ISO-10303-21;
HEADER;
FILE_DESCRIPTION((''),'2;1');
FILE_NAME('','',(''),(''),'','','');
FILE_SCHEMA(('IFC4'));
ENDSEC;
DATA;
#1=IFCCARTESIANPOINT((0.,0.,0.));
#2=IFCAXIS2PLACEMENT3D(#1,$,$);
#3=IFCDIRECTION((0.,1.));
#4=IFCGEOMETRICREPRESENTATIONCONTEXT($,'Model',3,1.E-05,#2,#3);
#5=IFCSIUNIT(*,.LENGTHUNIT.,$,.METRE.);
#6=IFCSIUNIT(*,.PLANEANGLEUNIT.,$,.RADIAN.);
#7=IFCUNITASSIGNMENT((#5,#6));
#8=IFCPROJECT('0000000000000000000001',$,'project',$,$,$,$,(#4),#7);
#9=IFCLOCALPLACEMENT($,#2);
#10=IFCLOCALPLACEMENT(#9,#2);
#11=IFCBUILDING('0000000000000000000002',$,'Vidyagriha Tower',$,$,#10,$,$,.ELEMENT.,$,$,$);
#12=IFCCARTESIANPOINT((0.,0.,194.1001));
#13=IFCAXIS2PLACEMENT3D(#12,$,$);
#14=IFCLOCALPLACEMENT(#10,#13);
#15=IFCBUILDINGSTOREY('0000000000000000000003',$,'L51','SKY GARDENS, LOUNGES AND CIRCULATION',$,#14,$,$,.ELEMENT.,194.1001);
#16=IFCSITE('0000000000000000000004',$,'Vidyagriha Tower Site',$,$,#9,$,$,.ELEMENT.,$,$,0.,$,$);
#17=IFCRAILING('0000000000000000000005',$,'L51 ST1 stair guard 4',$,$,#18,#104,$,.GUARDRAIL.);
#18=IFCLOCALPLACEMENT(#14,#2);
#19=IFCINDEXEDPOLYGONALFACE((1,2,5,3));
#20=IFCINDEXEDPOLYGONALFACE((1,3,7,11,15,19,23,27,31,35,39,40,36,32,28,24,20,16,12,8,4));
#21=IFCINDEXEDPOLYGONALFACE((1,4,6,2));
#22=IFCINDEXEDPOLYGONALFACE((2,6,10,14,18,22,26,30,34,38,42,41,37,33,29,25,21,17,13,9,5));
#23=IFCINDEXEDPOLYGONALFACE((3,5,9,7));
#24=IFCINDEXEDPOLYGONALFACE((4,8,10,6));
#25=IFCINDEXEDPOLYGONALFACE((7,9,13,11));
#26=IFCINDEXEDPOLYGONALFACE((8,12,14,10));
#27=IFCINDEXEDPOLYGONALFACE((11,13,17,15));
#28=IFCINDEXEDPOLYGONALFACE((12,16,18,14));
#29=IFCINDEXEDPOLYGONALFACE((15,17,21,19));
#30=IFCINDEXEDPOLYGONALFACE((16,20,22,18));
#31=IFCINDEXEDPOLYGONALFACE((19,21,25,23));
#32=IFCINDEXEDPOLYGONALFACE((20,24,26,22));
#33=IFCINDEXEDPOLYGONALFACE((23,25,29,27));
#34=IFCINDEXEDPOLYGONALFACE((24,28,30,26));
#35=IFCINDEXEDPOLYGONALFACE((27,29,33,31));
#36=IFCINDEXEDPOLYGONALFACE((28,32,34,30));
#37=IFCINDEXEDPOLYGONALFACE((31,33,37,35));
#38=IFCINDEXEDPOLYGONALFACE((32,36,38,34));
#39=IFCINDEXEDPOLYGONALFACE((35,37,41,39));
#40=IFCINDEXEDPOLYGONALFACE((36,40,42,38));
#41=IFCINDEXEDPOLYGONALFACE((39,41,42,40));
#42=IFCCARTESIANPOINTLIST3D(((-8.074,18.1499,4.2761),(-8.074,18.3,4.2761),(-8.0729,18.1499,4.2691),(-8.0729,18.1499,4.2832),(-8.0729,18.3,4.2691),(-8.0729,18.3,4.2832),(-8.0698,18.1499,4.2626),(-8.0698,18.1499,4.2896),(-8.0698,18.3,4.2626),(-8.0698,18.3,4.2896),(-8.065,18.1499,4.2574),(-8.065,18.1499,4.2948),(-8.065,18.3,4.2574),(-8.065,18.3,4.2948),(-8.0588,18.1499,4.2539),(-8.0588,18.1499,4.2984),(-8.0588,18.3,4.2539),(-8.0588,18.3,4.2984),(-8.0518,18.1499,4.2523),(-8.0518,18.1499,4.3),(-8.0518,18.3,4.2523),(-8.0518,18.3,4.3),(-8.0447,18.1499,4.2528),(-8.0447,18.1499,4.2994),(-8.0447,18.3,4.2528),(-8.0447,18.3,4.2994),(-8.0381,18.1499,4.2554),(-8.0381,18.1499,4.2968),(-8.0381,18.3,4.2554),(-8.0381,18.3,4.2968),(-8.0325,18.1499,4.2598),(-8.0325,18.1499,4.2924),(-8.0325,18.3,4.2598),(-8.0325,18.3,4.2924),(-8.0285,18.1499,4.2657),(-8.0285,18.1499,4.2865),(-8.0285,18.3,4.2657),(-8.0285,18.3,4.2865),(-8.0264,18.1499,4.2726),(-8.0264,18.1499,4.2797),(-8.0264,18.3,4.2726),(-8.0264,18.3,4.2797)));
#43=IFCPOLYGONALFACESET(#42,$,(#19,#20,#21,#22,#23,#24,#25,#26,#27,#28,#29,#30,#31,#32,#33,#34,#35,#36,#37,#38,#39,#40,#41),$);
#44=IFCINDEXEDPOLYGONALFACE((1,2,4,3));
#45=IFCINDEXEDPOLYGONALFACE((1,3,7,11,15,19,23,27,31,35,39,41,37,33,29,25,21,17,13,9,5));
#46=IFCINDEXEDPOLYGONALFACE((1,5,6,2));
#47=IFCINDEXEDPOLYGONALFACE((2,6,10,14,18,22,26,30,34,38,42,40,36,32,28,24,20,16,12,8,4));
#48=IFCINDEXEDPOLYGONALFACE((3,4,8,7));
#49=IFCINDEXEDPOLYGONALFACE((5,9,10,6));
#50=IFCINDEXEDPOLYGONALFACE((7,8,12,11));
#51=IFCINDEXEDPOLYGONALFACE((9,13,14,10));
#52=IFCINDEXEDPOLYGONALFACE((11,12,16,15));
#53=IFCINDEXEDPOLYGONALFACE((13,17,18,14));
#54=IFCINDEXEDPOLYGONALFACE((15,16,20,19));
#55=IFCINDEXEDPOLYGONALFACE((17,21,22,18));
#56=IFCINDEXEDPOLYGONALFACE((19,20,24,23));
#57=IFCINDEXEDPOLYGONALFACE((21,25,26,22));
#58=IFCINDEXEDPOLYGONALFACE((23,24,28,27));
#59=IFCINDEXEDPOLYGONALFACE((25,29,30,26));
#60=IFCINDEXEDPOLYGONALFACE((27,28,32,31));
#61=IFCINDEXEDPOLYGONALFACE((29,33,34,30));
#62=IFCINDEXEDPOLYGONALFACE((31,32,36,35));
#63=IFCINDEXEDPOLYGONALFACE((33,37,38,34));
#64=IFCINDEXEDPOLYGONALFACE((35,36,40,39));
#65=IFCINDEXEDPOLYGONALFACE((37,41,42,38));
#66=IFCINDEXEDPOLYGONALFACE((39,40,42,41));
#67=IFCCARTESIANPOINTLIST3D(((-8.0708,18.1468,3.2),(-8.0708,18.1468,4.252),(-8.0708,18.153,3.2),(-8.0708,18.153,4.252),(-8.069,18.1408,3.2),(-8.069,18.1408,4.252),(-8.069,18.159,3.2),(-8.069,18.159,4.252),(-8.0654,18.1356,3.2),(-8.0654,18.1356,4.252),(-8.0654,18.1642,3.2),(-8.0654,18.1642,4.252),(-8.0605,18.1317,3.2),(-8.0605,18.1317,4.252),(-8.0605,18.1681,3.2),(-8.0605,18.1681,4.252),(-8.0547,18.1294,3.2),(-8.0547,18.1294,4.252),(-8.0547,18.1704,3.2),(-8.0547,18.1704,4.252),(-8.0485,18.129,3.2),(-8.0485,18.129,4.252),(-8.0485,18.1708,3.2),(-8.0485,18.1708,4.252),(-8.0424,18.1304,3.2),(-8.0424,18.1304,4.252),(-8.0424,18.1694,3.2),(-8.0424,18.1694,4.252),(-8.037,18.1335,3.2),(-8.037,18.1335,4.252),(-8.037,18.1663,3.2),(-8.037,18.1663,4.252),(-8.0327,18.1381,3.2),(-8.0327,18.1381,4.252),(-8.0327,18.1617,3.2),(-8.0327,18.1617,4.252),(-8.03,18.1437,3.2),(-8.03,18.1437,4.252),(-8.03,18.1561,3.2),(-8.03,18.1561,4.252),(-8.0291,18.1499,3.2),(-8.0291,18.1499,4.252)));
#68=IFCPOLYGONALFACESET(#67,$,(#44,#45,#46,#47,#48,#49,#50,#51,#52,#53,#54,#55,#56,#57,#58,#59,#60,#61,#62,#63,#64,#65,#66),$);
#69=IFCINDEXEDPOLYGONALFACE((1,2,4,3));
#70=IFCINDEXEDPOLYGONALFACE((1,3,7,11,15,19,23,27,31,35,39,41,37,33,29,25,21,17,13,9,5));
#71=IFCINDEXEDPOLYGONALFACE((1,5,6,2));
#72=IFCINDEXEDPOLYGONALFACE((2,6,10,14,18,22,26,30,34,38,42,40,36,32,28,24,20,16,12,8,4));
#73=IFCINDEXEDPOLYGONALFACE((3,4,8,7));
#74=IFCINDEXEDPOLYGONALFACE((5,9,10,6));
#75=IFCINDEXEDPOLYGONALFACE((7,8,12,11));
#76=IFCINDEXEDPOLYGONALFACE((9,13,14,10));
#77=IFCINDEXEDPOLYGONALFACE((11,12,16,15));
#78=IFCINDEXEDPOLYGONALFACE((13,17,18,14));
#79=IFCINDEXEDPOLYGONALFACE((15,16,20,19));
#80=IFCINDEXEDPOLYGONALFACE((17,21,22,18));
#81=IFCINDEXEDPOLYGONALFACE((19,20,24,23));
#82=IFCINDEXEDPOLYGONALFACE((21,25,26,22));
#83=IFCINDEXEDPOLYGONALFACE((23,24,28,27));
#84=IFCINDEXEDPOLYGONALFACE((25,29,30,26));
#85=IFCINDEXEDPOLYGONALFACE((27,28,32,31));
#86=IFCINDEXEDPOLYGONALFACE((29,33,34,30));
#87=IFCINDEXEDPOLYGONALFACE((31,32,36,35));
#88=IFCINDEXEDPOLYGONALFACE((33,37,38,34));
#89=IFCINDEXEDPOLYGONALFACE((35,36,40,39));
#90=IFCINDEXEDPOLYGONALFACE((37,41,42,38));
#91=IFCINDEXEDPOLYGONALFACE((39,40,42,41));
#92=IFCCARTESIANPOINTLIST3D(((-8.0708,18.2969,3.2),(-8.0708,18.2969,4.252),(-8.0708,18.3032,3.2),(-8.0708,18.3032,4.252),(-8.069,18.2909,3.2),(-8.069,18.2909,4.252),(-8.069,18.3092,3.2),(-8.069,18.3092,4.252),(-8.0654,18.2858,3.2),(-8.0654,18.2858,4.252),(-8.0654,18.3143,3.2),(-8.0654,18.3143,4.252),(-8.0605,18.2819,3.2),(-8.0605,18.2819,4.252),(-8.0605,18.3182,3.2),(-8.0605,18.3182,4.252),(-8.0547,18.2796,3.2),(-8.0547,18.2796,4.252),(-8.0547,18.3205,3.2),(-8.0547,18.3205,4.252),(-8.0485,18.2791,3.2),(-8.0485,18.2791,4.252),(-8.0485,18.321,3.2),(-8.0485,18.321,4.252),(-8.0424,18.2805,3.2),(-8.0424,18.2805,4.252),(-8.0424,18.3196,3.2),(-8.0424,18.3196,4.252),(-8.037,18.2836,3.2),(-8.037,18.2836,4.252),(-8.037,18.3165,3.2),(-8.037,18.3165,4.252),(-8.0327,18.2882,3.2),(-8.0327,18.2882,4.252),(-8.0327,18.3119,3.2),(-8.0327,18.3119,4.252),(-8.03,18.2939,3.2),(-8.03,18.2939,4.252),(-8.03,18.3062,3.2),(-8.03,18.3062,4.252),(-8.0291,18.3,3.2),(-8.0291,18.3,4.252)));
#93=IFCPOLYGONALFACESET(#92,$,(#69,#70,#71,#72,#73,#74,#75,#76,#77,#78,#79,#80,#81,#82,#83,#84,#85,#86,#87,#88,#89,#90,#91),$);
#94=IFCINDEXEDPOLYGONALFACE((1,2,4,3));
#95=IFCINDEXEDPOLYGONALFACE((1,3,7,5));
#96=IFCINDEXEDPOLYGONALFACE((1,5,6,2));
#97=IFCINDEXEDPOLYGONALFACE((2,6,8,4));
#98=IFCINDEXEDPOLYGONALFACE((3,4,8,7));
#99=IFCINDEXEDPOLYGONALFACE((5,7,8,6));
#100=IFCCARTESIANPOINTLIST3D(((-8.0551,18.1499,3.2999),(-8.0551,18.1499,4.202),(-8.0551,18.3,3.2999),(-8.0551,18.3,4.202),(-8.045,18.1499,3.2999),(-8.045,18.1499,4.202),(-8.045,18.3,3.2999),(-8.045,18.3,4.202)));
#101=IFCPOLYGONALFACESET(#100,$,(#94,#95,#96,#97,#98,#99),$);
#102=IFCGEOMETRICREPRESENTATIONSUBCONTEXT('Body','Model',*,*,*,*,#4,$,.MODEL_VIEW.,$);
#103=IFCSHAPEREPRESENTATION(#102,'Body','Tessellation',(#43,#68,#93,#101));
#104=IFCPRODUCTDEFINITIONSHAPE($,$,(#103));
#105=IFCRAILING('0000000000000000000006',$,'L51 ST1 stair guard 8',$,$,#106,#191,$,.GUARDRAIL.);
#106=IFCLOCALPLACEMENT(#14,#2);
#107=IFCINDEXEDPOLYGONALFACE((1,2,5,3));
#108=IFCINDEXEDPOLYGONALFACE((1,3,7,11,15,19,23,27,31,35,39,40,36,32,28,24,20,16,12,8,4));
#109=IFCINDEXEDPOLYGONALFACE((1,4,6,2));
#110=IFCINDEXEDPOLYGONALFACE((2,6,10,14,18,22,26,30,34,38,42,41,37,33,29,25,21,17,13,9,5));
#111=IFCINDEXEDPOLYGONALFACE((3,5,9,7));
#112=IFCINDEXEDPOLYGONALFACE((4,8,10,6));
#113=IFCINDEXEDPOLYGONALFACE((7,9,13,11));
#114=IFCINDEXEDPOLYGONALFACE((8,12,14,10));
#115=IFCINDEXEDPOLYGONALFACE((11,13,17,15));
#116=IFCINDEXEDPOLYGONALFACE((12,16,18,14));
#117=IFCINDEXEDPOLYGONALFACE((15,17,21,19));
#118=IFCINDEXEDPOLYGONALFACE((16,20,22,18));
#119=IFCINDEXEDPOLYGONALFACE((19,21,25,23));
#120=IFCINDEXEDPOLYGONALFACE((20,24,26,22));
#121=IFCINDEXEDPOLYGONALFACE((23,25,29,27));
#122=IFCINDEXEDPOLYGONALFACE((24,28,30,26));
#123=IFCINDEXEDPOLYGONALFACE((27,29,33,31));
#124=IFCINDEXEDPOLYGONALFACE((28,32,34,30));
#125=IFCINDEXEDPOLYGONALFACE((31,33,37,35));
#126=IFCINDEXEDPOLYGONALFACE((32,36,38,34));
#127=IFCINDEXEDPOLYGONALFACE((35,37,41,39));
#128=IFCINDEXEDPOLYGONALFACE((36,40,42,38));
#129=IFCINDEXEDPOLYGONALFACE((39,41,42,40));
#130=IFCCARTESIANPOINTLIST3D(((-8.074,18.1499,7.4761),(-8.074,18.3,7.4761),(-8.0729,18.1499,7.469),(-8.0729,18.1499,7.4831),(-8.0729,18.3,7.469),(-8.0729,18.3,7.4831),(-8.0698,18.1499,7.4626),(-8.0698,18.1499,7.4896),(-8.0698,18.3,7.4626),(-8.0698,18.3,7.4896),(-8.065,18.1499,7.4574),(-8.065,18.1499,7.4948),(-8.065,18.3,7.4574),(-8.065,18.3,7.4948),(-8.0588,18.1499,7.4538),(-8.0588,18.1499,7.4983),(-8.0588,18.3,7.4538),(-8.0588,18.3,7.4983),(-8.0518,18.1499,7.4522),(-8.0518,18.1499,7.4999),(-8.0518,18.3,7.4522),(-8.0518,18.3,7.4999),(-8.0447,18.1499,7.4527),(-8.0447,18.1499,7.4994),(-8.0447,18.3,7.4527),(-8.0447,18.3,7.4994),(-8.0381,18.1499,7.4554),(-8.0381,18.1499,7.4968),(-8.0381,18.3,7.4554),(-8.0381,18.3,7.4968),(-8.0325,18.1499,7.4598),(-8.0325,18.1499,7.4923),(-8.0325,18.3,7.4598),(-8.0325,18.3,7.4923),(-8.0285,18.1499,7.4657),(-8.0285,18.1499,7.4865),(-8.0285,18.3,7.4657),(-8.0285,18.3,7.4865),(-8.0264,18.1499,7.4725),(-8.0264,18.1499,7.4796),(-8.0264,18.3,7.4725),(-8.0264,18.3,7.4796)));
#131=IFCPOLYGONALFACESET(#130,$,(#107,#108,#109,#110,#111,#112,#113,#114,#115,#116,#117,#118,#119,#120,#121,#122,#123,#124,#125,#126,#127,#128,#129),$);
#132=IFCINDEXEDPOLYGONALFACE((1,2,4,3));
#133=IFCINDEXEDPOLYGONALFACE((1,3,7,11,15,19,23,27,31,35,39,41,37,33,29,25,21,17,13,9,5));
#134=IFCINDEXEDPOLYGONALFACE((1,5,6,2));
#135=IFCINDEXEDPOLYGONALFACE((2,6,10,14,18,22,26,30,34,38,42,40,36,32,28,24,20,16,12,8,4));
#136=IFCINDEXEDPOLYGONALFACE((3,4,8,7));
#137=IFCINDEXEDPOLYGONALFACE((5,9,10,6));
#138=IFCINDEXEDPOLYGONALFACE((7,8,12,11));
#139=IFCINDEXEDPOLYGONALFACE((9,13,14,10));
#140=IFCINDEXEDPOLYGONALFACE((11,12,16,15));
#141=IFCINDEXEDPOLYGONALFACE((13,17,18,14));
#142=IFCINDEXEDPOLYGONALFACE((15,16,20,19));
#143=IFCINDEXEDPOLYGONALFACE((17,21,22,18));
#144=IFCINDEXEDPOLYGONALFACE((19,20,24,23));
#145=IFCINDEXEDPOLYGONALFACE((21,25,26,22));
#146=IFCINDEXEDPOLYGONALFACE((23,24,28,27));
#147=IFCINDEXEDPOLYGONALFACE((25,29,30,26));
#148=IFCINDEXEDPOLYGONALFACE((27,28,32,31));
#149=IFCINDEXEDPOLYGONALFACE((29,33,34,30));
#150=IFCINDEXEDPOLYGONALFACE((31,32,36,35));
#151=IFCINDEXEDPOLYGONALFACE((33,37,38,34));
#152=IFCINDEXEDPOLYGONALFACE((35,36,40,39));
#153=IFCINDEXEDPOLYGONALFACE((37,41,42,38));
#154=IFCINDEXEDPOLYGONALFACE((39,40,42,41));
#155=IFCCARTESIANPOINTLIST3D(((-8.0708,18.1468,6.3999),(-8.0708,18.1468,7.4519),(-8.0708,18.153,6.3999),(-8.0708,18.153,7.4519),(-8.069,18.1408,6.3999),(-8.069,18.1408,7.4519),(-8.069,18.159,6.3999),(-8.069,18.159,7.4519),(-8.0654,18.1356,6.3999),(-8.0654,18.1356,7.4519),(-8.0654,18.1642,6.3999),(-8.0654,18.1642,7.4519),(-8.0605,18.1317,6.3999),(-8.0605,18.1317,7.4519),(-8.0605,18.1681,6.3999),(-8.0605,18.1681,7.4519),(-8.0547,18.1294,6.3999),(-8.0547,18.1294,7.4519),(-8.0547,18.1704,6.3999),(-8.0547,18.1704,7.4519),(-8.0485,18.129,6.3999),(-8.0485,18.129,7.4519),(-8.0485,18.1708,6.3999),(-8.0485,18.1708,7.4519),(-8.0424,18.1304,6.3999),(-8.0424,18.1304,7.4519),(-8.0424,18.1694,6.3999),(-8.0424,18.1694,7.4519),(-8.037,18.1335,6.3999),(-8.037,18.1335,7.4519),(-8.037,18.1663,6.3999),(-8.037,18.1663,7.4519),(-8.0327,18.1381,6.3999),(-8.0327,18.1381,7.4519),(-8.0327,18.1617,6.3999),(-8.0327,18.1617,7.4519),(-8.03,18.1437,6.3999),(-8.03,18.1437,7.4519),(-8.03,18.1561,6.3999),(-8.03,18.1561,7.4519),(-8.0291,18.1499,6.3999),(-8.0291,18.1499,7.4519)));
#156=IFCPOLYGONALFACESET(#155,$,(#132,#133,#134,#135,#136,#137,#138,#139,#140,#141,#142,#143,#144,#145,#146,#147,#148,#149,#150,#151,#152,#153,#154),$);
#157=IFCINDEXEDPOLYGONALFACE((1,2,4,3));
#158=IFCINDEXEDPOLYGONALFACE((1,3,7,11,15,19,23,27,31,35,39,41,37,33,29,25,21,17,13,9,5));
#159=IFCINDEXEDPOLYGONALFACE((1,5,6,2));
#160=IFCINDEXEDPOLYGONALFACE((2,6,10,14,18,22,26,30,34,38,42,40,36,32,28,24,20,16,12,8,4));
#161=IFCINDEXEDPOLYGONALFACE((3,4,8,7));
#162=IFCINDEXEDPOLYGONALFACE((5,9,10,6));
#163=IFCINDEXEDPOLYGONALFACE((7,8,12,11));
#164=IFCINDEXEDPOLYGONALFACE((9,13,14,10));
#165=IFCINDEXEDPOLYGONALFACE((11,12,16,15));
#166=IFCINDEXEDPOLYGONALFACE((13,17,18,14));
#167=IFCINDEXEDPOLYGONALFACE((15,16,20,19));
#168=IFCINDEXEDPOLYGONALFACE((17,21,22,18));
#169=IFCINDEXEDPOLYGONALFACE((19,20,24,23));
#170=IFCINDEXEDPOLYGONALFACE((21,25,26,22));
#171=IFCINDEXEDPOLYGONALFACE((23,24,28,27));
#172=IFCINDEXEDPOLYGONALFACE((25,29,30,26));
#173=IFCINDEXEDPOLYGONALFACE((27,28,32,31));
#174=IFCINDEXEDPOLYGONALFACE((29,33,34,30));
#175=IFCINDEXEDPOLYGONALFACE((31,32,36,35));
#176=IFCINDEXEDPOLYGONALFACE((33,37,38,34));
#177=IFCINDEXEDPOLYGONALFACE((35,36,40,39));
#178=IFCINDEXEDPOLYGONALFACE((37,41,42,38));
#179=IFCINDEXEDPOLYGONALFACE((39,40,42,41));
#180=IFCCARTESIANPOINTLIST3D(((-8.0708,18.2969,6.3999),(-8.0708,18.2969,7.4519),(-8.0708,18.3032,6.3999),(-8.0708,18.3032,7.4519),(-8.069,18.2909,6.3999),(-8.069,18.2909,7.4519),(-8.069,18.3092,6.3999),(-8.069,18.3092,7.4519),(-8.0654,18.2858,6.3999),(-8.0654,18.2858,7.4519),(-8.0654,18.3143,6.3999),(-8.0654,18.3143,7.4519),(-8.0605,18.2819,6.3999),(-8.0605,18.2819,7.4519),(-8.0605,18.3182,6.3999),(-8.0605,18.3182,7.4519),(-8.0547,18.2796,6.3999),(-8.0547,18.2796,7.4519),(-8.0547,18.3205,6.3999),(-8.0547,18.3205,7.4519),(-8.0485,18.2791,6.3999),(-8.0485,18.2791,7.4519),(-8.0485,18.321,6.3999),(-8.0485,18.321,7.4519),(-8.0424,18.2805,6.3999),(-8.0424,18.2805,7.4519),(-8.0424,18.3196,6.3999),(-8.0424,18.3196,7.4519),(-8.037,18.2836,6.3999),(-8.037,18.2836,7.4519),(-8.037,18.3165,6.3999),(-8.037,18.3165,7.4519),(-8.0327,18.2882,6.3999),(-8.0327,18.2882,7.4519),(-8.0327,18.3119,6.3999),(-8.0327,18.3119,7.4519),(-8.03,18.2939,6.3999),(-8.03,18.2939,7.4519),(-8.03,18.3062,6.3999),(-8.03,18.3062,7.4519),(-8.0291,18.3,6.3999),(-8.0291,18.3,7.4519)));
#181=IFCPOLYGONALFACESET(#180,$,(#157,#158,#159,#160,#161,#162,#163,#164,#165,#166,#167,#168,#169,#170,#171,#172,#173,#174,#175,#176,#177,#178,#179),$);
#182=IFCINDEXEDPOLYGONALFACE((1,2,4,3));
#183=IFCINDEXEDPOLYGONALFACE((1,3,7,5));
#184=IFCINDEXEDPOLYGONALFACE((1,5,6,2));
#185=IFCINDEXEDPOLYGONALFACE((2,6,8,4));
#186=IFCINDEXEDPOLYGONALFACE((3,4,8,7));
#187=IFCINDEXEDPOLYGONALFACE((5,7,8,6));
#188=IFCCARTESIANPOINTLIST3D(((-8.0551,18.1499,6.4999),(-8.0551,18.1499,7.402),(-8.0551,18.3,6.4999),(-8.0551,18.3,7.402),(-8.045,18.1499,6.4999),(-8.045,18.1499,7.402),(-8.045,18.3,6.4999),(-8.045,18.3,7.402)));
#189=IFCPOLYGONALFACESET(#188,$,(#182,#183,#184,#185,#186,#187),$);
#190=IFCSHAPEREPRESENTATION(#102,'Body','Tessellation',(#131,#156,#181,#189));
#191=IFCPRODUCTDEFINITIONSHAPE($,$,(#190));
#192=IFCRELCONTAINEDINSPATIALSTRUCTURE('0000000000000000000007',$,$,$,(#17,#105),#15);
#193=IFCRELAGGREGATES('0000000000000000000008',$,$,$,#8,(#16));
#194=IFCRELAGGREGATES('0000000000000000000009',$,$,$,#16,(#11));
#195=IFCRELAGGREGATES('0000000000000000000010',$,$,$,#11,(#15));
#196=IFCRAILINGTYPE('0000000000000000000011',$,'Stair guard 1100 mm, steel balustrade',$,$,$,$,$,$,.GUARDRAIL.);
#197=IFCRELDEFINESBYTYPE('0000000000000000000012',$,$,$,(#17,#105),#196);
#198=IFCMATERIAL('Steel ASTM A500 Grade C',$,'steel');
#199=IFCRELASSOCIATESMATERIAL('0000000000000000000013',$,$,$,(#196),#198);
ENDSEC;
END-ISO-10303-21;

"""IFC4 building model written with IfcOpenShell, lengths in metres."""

from ifc_helpers import new_model, si_unit, direction, frame, origin, origin_2d, place, context, subcontext, project, spatial, rectangle, circle, extrude, material, type_object, element, save


model = new_model("IFC4")

# Units and contexts
model_context = context("Model", 3, precision=1e-05, world=origin(), true_north=direction((0.0, 1.0)))
body_context = subcontext(model_context, "Body", "Model", "MODEL_VIEW")
ifc_project = project(units=[si_unit("LENGTHUNIT", "METRE"), si_unit("PLANEANGLEUNIT", "RADIAN")], contexts=[model_context])

# Site, building, storey
site_placement = place(None, origin())
site = spatial("IfcSite", under=ifc_project, at=site_placement, Name="Vidyagriha Tower Site", CompositionType="ELEMENT", RefElevation=0.0)
building_placement = place(site_placement, origin())
building = spatial("IfcBuilding", under=site, at=building_placement, Name="Vidyagriha Tower", CompositionType="ELEMENT")
storey_placement = place(building_placement, frame((0.0, 0.0, 194.1001)))
storey = spatial("IfcBuildingStorey", under=building, at=storey_placement, Name="L51", Description="SKY GARDENS, LOUNGES AND CIRCULATION", CompositionType="ELEMENT", Elevation=194.1001)

# Railings
ifc_material_1 = material(Name="Steel ASTM A500 Grade C", Category="steel")
railing_type_1 = type_object("IfcRailingType", Name="Stair guard 1100 mm, steel balustrade", PredefinedType="GUARDRAIL", material=ifc_material_1)
for number, where, name in (
    (1, (-8.05, 18.1499, 3.2), "L51 ST1 stair guard 4"),
    (2, (-8.05, 18.1499, 6.3999), "L51 ST1 stair guard 8"),
):
    element("IfcRailing", number, at=place(storey_placement, frame(where)), inside=storey, type_object=railing_type_1, Name=name, PredefinedType="GUARDRAIL", context=body_context, shape_type="SweptSolid", body=[
        extrude(circle(Radius=0.0239, at=origin_2d()), frame((0.0, 0.0, 1.0762), z_axis=(0.0, 1.0, 0.0), x_axis=(-1.0, 0.0, 0.0)), (0.0, 0.0, 1.0), 0.1501),
        extrude(circle(Radius=0.021, at=origin_2d()), origin(), (0.0, 0.0, 1.0), 1.052),
        extrude(circle(Radius=0.021, at=origin_2d()), frame((0.0, 0.1501, 0.0)), (0.0, 0.0, 1.0), 1.052),
        extrude(rectangle(XDim=0.01, YDim=0.9021, at=origin_2d()), frame((0.0, 0.0, 0.551), z_axis=(0.0, 1.0, 0.0), x_axis=(-1.0, 0.0, 0.0)), (0.0, 0.0, 1.0), 0.1501),
    ])

save(model, "model.ifc")
